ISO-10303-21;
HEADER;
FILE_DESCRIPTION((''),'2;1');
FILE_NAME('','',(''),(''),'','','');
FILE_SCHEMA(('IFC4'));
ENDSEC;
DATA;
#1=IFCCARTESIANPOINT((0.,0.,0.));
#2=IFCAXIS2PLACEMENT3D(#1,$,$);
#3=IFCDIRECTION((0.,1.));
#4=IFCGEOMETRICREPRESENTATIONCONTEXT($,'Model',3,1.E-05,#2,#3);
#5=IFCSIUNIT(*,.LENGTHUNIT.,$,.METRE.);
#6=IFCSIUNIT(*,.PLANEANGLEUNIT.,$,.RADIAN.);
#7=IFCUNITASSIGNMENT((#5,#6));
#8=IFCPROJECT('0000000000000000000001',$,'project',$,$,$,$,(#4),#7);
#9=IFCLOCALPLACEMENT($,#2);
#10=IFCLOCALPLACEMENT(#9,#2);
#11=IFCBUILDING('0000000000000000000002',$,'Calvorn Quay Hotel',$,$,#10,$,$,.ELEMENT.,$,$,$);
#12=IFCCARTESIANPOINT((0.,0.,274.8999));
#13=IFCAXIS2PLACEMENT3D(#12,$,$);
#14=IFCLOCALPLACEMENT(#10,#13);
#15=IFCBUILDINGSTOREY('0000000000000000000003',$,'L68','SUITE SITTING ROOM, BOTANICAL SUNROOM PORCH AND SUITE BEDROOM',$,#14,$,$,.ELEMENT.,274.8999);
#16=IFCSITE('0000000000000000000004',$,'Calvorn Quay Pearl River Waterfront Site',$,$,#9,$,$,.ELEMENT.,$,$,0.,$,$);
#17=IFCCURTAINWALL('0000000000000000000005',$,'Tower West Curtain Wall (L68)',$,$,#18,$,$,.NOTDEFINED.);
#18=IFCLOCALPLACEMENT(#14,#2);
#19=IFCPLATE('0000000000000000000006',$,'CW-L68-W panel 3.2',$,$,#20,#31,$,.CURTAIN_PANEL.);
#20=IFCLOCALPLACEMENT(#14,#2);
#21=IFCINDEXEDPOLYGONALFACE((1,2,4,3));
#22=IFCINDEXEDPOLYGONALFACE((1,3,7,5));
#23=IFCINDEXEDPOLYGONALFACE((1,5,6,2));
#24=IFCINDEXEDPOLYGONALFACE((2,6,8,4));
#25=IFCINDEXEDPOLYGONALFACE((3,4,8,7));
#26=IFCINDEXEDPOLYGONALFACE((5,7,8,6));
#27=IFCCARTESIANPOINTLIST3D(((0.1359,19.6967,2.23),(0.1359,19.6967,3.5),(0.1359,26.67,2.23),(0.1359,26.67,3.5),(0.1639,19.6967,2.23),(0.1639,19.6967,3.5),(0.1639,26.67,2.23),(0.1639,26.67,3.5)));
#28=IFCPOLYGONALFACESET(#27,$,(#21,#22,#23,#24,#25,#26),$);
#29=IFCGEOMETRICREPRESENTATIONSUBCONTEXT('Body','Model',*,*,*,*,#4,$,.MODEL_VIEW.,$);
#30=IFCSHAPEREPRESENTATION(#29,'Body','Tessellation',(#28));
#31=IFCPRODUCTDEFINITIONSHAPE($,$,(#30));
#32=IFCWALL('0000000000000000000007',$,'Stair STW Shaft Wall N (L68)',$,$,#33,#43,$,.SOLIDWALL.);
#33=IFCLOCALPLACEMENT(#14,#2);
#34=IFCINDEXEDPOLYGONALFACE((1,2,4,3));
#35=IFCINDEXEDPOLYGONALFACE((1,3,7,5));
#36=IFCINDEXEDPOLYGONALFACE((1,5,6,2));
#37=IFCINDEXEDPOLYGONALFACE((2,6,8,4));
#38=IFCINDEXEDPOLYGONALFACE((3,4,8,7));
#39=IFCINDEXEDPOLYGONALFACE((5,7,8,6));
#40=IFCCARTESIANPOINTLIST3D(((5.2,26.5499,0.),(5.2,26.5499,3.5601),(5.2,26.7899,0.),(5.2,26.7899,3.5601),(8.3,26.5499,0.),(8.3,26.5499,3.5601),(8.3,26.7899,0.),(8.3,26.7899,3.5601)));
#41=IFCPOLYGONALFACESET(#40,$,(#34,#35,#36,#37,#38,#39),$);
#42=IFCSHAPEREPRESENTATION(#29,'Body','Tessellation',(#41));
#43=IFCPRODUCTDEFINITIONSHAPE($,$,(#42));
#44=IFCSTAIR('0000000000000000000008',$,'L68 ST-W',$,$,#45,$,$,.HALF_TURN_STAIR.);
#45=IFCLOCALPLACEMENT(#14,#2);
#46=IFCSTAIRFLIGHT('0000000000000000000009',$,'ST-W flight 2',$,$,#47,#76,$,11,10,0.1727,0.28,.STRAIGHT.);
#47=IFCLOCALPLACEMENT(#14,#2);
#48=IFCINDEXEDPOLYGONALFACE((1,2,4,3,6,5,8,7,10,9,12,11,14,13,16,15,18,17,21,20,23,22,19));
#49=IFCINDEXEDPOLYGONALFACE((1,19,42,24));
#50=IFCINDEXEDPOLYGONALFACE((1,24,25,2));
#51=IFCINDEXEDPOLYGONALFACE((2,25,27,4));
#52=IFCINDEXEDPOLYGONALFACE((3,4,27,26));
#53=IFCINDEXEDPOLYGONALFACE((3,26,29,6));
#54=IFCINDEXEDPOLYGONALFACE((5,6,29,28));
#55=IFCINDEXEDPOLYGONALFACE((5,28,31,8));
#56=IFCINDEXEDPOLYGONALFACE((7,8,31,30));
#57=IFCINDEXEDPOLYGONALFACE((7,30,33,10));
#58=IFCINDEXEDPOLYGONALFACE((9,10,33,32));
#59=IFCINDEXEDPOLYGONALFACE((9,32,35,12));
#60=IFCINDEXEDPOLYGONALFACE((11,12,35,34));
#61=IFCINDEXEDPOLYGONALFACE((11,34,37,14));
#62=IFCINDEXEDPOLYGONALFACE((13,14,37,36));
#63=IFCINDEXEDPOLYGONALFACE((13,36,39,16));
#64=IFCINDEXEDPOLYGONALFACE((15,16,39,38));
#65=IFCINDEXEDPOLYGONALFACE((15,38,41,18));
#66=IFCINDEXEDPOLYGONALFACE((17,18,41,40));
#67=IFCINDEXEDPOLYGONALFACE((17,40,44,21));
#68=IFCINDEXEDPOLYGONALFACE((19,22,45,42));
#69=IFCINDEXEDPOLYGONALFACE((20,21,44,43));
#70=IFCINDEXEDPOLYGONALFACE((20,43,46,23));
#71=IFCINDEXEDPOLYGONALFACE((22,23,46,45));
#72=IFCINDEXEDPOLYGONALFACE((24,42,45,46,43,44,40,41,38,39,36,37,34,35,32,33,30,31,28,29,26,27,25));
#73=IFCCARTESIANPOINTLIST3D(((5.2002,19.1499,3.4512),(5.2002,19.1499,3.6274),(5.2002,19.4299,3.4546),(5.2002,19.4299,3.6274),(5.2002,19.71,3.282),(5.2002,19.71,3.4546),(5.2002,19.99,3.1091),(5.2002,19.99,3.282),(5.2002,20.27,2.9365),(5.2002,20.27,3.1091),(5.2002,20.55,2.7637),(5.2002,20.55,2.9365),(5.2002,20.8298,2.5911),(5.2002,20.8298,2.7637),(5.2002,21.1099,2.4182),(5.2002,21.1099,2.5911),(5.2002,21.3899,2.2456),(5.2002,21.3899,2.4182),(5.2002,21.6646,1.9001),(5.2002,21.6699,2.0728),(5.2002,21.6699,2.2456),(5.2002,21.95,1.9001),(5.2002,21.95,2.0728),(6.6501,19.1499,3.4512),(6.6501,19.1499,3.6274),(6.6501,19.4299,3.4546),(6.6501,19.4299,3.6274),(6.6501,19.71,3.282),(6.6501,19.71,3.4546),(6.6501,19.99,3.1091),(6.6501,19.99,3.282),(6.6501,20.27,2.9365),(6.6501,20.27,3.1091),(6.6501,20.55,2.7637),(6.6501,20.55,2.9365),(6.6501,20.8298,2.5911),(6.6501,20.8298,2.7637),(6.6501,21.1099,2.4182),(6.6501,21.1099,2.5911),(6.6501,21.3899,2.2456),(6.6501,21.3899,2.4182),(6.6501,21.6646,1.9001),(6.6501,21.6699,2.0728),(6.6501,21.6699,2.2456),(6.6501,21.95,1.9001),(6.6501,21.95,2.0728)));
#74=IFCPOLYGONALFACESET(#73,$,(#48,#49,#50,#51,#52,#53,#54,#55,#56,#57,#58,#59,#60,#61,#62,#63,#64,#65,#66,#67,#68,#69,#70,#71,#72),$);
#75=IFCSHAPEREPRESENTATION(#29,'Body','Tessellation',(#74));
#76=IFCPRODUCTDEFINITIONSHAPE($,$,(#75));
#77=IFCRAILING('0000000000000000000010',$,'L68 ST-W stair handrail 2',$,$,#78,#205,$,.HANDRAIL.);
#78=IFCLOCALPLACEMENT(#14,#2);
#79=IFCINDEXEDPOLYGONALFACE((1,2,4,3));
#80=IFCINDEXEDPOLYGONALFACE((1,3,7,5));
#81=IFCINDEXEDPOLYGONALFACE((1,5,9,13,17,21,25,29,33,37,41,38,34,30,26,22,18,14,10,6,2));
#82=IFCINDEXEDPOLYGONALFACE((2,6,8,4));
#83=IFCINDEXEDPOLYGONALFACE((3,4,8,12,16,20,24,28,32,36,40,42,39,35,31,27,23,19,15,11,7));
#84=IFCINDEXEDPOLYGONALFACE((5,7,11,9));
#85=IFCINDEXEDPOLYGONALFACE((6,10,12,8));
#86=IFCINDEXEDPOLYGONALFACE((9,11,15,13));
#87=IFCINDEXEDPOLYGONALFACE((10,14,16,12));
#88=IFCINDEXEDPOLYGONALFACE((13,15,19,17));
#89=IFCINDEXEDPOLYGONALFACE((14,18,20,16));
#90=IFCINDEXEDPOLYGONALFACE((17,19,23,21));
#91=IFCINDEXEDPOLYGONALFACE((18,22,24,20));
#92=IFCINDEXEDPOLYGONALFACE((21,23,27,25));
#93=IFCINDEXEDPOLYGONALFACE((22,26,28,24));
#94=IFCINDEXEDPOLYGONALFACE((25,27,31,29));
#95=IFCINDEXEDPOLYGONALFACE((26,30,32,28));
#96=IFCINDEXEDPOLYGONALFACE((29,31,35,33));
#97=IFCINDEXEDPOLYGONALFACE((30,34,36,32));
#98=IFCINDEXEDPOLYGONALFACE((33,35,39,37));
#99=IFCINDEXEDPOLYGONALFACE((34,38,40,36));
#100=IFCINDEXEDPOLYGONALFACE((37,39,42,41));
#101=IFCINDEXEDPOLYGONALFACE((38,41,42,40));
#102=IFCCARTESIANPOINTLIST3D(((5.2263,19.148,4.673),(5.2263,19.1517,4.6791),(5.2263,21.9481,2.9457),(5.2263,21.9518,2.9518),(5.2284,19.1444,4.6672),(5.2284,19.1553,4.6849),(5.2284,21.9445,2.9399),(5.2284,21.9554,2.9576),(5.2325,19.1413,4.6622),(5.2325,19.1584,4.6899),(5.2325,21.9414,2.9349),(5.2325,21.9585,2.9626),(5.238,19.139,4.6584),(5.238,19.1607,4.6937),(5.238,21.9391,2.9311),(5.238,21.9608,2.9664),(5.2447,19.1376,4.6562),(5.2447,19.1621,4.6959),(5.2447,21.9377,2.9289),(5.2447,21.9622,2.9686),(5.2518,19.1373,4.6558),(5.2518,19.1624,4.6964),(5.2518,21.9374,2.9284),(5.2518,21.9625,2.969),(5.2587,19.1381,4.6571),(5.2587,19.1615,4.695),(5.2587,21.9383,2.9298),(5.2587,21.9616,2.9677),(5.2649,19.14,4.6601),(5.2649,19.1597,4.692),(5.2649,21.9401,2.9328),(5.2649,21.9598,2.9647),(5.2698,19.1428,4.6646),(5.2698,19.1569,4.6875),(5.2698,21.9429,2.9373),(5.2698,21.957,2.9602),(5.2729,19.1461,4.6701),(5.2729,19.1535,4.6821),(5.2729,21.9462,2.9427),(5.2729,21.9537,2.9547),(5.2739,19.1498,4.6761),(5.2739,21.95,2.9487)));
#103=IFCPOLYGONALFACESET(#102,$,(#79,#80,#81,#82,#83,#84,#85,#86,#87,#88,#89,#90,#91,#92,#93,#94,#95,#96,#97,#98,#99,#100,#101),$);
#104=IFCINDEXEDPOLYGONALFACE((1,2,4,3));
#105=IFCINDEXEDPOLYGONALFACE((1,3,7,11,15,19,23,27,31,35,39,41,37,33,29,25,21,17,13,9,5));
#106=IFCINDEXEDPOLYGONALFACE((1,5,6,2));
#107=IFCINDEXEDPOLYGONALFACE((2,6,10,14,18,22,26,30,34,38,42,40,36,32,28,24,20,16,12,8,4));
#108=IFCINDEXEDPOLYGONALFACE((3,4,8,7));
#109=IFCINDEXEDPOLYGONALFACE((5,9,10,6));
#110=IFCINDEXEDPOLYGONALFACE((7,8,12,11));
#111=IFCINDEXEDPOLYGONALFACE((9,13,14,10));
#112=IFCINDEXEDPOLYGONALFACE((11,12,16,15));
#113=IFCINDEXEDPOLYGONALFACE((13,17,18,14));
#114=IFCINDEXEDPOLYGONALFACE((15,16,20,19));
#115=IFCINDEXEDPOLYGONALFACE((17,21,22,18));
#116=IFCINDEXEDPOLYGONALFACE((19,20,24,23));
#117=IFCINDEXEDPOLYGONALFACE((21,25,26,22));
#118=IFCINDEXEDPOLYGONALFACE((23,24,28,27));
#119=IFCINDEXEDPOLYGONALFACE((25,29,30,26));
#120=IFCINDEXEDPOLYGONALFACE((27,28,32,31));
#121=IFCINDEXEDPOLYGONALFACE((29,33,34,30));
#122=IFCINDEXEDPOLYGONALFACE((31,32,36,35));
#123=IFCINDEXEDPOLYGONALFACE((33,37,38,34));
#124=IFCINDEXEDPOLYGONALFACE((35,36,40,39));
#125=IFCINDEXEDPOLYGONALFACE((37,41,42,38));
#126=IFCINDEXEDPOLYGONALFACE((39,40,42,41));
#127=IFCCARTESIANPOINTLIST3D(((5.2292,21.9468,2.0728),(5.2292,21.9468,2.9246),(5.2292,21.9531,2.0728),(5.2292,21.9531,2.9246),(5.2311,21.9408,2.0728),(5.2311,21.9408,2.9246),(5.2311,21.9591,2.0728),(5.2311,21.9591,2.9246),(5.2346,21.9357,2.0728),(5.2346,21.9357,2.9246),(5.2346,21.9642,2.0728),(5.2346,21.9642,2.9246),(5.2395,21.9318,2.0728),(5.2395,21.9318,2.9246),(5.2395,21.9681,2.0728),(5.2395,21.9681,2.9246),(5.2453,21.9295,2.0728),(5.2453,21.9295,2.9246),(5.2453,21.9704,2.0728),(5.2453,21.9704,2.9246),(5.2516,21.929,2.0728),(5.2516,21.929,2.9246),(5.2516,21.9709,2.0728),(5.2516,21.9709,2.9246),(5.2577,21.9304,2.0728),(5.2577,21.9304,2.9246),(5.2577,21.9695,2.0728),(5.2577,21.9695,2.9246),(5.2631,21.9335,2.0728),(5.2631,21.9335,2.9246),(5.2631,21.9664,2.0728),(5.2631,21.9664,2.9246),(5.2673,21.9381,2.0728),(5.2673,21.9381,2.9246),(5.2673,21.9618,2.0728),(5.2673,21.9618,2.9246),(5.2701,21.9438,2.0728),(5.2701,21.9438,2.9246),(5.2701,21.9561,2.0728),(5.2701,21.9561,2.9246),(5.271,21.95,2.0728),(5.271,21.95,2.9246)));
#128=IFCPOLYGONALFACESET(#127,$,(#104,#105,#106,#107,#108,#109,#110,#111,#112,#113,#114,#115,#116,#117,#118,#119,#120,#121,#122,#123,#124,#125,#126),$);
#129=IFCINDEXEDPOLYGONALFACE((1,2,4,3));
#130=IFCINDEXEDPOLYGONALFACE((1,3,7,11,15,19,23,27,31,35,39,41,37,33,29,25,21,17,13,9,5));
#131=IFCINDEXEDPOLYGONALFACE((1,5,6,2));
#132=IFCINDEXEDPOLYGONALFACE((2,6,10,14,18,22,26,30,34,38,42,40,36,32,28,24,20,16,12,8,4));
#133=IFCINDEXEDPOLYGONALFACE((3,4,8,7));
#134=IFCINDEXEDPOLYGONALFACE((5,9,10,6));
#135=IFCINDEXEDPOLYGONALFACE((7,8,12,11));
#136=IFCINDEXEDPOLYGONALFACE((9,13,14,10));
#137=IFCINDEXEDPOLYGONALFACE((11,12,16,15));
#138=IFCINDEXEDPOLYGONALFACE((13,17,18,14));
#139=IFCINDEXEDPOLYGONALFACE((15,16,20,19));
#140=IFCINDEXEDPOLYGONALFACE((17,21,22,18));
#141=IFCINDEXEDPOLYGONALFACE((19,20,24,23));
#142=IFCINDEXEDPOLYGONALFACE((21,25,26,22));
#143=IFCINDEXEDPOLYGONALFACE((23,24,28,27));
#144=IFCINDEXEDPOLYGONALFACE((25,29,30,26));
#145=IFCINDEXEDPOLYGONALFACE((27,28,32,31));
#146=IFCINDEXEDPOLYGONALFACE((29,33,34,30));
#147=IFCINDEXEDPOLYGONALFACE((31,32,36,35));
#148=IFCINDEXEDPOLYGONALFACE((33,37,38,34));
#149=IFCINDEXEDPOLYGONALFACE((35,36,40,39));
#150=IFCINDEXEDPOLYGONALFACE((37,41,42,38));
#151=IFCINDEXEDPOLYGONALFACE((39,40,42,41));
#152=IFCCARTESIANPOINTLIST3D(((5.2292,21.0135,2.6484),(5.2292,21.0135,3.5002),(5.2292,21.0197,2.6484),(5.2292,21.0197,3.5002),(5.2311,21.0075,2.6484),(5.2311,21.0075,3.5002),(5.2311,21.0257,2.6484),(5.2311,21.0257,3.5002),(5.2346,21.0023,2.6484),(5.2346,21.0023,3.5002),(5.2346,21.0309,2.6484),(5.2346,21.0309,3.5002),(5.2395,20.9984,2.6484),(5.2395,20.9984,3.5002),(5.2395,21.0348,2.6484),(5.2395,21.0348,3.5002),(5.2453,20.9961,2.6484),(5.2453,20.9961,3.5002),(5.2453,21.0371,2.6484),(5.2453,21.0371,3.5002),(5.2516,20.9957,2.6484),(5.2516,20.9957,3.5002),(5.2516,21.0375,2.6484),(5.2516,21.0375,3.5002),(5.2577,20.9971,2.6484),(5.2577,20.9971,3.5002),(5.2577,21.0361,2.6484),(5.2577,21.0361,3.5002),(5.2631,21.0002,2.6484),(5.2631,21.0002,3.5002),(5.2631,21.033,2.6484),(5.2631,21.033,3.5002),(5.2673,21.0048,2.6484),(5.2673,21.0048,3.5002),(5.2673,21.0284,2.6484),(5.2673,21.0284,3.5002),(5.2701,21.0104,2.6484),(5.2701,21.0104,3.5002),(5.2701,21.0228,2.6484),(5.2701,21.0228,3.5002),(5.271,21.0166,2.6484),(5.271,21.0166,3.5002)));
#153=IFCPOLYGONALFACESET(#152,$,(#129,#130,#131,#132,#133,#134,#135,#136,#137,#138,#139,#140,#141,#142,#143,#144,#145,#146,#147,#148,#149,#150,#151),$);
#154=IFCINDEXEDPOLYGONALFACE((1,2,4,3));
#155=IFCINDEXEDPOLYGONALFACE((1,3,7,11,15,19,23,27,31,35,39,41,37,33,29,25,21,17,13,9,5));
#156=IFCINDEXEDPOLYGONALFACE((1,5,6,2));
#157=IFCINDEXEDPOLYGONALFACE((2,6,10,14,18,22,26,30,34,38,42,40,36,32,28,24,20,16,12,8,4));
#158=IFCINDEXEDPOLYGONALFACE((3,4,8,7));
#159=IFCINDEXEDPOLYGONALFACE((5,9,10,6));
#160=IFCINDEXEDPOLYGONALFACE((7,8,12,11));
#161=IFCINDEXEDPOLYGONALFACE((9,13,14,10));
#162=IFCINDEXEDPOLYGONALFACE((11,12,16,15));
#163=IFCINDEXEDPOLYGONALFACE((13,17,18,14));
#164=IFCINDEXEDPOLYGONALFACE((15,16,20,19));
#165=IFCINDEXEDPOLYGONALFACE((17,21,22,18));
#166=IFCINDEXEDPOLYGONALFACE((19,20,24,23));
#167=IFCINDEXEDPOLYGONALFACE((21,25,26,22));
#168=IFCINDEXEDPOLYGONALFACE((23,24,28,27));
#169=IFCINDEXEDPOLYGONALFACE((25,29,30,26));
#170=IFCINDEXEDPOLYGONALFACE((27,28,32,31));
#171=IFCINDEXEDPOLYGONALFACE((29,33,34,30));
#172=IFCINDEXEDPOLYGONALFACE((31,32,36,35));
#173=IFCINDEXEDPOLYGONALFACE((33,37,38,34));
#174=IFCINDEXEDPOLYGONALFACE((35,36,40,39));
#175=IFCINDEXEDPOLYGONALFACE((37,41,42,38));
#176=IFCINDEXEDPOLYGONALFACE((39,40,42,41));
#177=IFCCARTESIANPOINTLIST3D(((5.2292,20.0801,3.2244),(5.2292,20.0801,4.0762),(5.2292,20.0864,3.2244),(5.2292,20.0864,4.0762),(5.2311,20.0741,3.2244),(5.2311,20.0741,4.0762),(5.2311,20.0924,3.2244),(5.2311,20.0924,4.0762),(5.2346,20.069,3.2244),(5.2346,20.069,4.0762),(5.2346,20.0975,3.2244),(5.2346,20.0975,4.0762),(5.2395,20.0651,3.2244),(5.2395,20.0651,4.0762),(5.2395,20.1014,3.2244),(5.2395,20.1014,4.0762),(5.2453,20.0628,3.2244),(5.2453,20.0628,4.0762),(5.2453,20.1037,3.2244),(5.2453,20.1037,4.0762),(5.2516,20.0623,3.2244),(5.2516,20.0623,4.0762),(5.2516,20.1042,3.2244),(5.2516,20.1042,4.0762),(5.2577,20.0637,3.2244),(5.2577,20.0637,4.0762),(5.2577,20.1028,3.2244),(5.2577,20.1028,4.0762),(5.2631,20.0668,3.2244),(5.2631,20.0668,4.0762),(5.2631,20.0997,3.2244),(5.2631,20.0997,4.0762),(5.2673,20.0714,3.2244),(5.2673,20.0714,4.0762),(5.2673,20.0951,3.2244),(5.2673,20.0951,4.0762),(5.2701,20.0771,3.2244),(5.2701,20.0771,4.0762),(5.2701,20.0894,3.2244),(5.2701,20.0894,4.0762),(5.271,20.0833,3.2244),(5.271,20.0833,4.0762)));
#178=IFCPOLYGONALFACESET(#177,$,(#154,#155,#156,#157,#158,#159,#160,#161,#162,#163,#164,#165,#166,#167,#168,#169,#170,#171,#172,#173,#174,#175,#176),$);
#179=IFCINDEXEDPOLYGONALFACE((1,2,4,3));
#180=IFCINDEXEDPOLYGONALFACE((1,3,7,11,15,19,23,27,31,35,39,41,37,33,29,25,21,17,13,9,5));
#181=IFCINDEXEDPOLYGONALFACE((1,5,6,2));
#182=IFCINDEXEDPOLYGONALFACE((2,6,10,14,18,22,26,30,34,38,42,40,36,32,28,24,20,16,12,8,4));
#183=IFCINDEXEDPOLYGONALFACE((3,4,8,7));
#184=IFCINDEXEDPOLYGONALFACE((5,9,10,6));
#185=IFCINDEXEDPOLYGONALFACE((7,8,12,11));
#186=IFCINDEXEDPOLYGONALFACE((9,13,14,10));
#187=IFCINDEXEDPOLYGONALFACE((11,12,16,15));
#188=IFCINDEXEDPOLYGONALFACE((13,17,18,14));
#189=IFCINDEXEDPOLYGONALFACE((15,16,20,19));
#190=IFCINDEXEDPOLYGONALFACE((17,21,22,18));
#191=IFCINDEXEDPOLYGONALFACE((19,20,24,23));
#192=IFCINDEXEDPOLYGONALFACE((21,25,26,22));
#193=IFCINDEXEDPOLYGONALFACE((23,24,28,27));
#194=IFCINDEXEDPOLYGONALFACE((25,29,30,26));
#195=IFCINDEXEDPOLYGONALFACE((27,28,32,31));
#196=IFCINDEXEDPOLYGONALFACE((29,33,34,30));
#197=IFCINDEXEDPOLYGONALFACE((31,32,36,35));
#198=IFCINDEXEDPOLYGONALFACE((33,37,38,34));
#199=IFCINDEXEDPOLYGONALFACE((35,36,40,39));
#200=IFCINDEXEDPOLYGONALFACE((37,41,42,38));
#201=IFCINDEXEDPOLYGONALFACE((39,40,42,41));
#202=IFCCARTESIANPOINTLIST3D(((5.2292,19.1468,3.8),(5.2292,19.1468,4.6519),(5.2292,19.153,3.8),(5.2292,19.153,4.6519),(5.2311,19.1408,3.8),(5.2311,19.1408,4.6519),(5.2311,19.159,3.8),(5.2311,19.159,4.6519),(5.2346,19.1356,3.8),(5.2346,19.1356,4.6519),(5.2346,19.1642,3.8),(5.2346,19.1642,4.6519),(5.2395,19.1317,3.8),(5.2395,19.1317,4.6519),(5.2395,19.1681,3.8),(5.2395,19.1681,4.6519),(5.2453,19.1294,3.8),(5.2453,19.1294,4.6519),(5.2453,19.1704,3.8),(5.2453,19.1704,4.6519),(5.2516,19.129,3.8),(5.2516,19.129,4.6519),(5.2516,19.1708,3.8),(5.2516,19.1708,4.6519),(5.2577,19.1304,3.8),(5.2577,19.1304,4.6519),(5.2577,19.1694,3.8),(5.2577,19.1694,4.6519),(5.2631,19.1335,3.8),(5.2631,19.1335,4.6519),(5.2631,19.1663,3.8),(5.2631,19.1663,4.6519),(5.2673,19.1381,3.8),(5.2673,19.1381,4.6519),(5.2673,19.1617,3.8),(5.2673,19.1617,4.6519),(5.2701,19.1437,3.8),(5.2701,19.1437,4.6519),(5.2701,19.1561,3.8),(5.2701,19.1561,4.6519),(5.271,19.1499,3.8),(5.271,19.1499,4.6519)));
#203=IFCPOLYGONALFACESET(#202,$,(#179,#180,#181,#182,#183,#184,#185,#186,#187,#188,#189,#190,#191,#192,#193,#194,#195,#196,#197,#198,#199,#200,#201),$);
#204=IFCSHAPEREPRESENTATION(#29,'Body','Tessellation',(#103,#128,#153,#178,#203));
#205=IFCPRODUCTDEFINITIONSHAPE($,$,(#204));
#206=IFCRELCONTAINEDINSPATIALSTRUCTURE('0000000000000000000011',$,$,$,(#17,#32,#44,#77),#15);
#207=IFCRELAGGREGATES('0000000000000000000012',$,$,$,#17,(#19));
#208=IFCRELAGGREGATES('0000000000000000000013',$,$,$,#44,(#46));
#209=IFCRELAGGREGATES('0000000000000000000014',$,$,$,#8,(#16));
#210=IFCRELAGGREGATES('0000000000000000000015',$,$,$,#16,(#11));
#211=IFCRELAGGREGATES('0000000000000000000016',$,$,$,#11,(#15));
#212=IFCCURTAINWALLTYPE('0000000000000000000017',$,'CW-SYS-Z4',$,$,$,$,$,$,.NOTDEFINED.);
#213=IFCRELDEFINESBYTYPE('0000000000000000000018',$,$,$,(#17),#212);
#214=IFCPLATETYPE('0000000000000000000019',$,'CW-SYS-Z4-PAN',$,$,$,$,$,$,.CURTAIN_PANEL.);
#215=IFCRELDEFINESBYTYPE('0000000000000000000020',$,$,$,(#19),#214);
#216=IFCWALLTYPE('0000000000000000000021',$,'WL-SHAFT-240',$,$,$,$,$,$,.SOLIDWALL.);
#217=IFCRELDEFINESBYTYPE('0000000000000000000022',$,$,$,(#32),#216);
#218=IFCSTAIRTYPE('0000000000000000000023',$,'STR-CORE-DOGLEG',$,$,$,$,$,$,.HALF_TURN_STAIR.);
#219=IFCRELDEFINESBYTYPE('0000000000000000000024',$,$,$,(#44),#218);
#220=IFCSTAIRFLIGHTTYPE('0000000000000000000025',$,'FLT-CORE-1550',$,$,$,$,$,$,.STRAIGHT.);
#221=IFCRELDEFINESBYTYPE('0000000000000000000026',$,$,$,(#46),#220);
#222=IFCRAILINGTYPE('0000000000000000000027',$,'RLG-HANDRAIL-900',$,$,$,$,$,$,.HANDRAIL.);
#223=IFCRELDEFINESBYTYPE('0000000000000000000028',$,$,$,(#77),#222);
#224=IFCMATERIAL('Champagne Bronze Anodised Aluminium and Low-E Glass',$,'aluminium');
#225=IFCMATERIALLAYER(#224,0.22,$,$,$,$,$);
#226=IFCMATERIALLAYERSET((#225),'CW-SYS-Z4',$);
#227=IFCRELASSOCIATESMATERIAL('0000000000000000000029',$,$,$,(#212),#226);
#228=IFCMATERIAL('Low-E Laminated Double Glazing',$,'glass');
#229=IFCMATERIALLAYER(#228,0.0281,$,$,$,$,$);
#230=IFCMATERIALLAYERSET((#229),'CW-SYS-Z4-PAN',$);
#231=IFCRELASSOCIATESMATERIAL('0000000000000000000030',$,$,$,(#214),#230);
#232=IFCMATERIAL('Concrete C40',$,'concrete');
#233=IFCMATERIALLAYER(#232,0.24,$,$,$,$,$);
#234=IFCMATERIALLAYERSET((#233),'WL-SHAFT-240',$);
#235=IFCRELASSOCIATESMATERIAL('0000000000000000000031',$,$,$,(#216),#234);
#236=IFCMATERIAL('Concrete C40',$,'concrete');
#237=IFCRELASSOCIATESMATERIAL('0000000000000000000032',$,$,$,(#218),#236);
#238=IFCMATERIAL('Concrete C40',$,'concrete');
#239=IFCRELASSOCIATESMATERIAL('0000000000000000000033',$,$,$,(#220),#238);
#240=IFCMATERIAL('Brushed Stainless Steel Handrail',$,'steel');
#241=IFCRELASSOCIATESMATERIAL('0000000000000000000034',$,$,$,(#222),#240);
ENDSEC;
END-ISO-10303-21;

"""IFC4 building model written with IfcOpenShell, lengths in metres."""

from ifc_helpers import new_model, si_unit, direction, frame, frame_2d, origin, origin_2d, place, context, subcontext, project, spatial, polyline, rectangle, circle, outline, extrude, material, layer, layer_set, type_object, element, aggregate, save


model = new_model("IFC4")

# Units and contexts
model_context = context("Model", 3, precision=1e-05, world=origin(), true_north=direction((0.0, 1.0)))
body_context = subcontext(model_context, "Body", "Model", "MODEL_VIEW")
ifc_project = project(units=[si_unit("LENGTHUNIT", "METRE"), si_unit("PLANEANGLEUNIT", "RADIAN")], contexts=[model_context])

# Site, building, storey
site_placement = place(None, origin())
site = spatial("IfcSite", under=ifc_project, at=site_placement, Name="Calvorn Quay Pearl River Waterfront Site", CompositionType="ELEMENT", RefElevation=0.0)
building_placement = place(site_placement, origin())
building = spatial("IfcBuilding", under=site, at=building_placement, Name="Calvorn Quay Hotel", CompositionType="ELEMENT")
storey_placement = place(building_placement, frame((0.0, 0.0, 274.8999)))
storey = spatial("IfcBuildingStorey", under=building, at=storey_placement, Name="L68", Description="SUITE SITTING ROOM, BOTANICAL SUNROOM PORCH AND SUITE BEDROOM", CompositionType="ELEMENT", Elevation=274.8999)

# Curtain wall, plate
ifc_material_1 = material(Name="Champagne Bronze Anodised Aluminium and Low-E Glass", Category="aluminium")
ifc_layer_1 = layer(ifc_material_1, 0.22)
ifc_layer_set_1 = layer_set([ifc_layer_1], Name="CW-SYS-Z4")
curtain_wall_type = type_object("IfcCurtainWallType", Name="CW-SYS-Z4", PredefinedType="NOTDEFINED", material=ifc_layer_set_1)
curtain_wall_placement = place(storey_placement, origin())
curtain_wall = element("IfcCurtainWall", 1, at=curtain_wall_placement, inside=storey, type_object=curtain_wall_type, Name="Tower West Curtain Wall (L68)", PredefinedType="NOTDEFINED")
ifc_material_2 = material(Name="Low-E Laminated Double Glazing", Category="glass")
ifc_layer_2 = layer(ifc_material_2, 0.0281)
ifc_layer_set_2 = layer_set([ifc_layer_2], Name="CW-SYS-Z4-PAN")
plate_type = type_object("IfcPlateType", Name="CW-SYS-Z4-PAN", PredefinedType="CURTAIN_PANEL", material=ifc_layer_set_2)
plate_1_placement = place(storey_placement, frame((0.1499, 23.1833, 2.23), z_axis=(0.0, 0.0, 1.0), x_axis=(0.0, 1.0, 0.0)))
plate_1 = element("IfcPlate", 2, at=plate_1_placement, type_object=plate_type, Name="CW-L68-W panel 3.2", PredefinedType="CURTAIN_PANEL", context=body_context, shape_type="SweptSolid", body=[
    extrude(rectangle(XDim=6.9734, YDim=0.0281, at=origin_2d()), origin(), (0.0, 0.0, 1.0), 1.27),
])
aggregate(curtain_wall, [plate_1])

# Wall
ifc_material_3 = material(Name="Concrete C40", Category="concrete")
ifc_layer_3 = layer(ifc_material_3, 0.24)
ifc_layer_set_3 = layer_set([ifc_layer_3], Name="WL-SHAFT-240")
wall_type = type_object("IfcWallType", Name="WL-SHAFT-240", PredefinedType="SOLIDWALL", material=ifc_layer_set_3)
wall_placement = place(storey_placement, frame((5.2, 26.6699, 0.0), z_axis=(0.0, 0.0, 1.0), x_axis=(1.0, 0.0, 0.0)))
element("IfcWall", 3, at=wall_placement, inside=storey, type_object=wall_type, Name="Stair STW Shaft Wall N (L68)", PredefinedType="SOLIDWALL", context=body_context, shape_type="SweptSolid", body=[
    extrude(rectangle(XDim=3.1001, YDim=0.24, at=frame_2d((1.55, 0.0))), origin(), (0.0, 0.0, 1.0), 3.5601),
])

# Stair, stair flight
ifc_material_4 = material(Name="Concrete C40", Category="concrete")
stair_type = type_object("IfcStairType", Name="STR-CORE-DOGLEG", PredefinedType="HALF_TURN_STAIR", material=ifc_material_4)
stair_placement = place(storey_placement, origin())
stair = element("IfcStair", 4, at=stair_placement, inside=storey, type_object=stair_type, Name="L68 ST-W", PredefinedType="HALF_TURN_STAIR")
ifc_material_5 = material(Name="Concrete C40", Category="concrete")
stair_flight_type = type_object("IfcStairFlightType", Name="FLT-CORE-1550", PredefinedType="STRAIGHT", material=ifc_material_5)
stair_flight_placement = place(storey_placement, frame((5.925, 21.95, 1.9001), z_axis=(0.0, 0.0, 1.0), x_axis=(0.0, -1.0, 0.0)))
stair_flight = element("IfcStairFlight", 5, at=stair_flight_placement, type_object=stair_flight_type, Name="ST-W flight 2", NumberOfRisers=11, NumberOfTreads=10, PredefinedType="STRAIGHT", RiserHeight=0.1727, TreadLength=0.28, context=body_context, shape_type="SweptSolid", body=[
    extrude(outline(polyline([(0.0, 0.0), (0.0, 0.1726), (0.28, 0.1726), (0.28, 0.3455), (0.5601, 0.3455), (0.5601, 0.5181), (0.8401, 0.5181), (0.8401, 0.6909), (1.1201, 0.6909), (1.1201, 0.8635), (1.3999, 0.8635), (1.3999, 1.0364), (1.6799, 1.0364), (1.6799, 1.209), (1.96, 1.209), (1.96, 1.3818), (2.24, 1.3818), (2.24, 1.5544), (2.52, 1.5544), (2.52, 1.7273), (2.8, 1.7273), (2.8, 1.8999), (2.8, 1.551), (0.2854, 0.0), (0.0, 0.0)])), frame((0.0, 0.7251, 0.0), z_axis=(0.0, -1.0, 0.0), x_axis=(1.0, 0.0, 0.0)), (0.0, 0.0, 1.0), 1.45),
])
aggregate(stair, [stair_flight])

# Railing
ifc_material_6 = material(Name="Brushed Stainless Steel Handrail", Category="steel")
railing_type_1 = type_object("IfcRailingType", Name="RLG-HANDRAIL-900", PredefinedType="HANDRAIL", material=ifc_material_6)
railing_1_placement = place(storey_placement, frame((5.25, 21.95, 2.0728)))
element("IfcRailing", 6, at=railing_1_placement, inside=storey, type_object=railing_type_1, Name="L68 ST-W stair handrail 2", PredefinedType="HANDRAIL", context=body_context, shape_type="SweptSolid", body=[
    extrude(circle(Radius=0.0239, at=origin_2d()), frame((0.0, 0.0, 0.876), z_axis=(0.0, -0.85109, 0.52502), x_axis=(1.0, 0.0, 0.0)), (0.0, 0.0, 1.0), 3.29),
    extrude(circle(Radius=0.021, at=origin_2d()), origin(), (0.0, 0.0, 1.0), 0.8518),
    extrude(circle(Radius=0.021, at=origin_2d()), frame((0.0, -0.9333, 0.5757)), (0.0, 0.0, 1.0), 0.8518),
    extrude(circle(Radius=0.021, at=origin_2d()), frame((0.0, -1.8667, 1.1516)), (0.0, 0.0, 1.0), 0.8518),
    extrude(circle(Radius=0.021, at=origin_2d()), frame((0.0, -2.8, 1.7273)), (0.0, 0.0, 1.0), 0.8518),
])

save(model, "model.ifc")
